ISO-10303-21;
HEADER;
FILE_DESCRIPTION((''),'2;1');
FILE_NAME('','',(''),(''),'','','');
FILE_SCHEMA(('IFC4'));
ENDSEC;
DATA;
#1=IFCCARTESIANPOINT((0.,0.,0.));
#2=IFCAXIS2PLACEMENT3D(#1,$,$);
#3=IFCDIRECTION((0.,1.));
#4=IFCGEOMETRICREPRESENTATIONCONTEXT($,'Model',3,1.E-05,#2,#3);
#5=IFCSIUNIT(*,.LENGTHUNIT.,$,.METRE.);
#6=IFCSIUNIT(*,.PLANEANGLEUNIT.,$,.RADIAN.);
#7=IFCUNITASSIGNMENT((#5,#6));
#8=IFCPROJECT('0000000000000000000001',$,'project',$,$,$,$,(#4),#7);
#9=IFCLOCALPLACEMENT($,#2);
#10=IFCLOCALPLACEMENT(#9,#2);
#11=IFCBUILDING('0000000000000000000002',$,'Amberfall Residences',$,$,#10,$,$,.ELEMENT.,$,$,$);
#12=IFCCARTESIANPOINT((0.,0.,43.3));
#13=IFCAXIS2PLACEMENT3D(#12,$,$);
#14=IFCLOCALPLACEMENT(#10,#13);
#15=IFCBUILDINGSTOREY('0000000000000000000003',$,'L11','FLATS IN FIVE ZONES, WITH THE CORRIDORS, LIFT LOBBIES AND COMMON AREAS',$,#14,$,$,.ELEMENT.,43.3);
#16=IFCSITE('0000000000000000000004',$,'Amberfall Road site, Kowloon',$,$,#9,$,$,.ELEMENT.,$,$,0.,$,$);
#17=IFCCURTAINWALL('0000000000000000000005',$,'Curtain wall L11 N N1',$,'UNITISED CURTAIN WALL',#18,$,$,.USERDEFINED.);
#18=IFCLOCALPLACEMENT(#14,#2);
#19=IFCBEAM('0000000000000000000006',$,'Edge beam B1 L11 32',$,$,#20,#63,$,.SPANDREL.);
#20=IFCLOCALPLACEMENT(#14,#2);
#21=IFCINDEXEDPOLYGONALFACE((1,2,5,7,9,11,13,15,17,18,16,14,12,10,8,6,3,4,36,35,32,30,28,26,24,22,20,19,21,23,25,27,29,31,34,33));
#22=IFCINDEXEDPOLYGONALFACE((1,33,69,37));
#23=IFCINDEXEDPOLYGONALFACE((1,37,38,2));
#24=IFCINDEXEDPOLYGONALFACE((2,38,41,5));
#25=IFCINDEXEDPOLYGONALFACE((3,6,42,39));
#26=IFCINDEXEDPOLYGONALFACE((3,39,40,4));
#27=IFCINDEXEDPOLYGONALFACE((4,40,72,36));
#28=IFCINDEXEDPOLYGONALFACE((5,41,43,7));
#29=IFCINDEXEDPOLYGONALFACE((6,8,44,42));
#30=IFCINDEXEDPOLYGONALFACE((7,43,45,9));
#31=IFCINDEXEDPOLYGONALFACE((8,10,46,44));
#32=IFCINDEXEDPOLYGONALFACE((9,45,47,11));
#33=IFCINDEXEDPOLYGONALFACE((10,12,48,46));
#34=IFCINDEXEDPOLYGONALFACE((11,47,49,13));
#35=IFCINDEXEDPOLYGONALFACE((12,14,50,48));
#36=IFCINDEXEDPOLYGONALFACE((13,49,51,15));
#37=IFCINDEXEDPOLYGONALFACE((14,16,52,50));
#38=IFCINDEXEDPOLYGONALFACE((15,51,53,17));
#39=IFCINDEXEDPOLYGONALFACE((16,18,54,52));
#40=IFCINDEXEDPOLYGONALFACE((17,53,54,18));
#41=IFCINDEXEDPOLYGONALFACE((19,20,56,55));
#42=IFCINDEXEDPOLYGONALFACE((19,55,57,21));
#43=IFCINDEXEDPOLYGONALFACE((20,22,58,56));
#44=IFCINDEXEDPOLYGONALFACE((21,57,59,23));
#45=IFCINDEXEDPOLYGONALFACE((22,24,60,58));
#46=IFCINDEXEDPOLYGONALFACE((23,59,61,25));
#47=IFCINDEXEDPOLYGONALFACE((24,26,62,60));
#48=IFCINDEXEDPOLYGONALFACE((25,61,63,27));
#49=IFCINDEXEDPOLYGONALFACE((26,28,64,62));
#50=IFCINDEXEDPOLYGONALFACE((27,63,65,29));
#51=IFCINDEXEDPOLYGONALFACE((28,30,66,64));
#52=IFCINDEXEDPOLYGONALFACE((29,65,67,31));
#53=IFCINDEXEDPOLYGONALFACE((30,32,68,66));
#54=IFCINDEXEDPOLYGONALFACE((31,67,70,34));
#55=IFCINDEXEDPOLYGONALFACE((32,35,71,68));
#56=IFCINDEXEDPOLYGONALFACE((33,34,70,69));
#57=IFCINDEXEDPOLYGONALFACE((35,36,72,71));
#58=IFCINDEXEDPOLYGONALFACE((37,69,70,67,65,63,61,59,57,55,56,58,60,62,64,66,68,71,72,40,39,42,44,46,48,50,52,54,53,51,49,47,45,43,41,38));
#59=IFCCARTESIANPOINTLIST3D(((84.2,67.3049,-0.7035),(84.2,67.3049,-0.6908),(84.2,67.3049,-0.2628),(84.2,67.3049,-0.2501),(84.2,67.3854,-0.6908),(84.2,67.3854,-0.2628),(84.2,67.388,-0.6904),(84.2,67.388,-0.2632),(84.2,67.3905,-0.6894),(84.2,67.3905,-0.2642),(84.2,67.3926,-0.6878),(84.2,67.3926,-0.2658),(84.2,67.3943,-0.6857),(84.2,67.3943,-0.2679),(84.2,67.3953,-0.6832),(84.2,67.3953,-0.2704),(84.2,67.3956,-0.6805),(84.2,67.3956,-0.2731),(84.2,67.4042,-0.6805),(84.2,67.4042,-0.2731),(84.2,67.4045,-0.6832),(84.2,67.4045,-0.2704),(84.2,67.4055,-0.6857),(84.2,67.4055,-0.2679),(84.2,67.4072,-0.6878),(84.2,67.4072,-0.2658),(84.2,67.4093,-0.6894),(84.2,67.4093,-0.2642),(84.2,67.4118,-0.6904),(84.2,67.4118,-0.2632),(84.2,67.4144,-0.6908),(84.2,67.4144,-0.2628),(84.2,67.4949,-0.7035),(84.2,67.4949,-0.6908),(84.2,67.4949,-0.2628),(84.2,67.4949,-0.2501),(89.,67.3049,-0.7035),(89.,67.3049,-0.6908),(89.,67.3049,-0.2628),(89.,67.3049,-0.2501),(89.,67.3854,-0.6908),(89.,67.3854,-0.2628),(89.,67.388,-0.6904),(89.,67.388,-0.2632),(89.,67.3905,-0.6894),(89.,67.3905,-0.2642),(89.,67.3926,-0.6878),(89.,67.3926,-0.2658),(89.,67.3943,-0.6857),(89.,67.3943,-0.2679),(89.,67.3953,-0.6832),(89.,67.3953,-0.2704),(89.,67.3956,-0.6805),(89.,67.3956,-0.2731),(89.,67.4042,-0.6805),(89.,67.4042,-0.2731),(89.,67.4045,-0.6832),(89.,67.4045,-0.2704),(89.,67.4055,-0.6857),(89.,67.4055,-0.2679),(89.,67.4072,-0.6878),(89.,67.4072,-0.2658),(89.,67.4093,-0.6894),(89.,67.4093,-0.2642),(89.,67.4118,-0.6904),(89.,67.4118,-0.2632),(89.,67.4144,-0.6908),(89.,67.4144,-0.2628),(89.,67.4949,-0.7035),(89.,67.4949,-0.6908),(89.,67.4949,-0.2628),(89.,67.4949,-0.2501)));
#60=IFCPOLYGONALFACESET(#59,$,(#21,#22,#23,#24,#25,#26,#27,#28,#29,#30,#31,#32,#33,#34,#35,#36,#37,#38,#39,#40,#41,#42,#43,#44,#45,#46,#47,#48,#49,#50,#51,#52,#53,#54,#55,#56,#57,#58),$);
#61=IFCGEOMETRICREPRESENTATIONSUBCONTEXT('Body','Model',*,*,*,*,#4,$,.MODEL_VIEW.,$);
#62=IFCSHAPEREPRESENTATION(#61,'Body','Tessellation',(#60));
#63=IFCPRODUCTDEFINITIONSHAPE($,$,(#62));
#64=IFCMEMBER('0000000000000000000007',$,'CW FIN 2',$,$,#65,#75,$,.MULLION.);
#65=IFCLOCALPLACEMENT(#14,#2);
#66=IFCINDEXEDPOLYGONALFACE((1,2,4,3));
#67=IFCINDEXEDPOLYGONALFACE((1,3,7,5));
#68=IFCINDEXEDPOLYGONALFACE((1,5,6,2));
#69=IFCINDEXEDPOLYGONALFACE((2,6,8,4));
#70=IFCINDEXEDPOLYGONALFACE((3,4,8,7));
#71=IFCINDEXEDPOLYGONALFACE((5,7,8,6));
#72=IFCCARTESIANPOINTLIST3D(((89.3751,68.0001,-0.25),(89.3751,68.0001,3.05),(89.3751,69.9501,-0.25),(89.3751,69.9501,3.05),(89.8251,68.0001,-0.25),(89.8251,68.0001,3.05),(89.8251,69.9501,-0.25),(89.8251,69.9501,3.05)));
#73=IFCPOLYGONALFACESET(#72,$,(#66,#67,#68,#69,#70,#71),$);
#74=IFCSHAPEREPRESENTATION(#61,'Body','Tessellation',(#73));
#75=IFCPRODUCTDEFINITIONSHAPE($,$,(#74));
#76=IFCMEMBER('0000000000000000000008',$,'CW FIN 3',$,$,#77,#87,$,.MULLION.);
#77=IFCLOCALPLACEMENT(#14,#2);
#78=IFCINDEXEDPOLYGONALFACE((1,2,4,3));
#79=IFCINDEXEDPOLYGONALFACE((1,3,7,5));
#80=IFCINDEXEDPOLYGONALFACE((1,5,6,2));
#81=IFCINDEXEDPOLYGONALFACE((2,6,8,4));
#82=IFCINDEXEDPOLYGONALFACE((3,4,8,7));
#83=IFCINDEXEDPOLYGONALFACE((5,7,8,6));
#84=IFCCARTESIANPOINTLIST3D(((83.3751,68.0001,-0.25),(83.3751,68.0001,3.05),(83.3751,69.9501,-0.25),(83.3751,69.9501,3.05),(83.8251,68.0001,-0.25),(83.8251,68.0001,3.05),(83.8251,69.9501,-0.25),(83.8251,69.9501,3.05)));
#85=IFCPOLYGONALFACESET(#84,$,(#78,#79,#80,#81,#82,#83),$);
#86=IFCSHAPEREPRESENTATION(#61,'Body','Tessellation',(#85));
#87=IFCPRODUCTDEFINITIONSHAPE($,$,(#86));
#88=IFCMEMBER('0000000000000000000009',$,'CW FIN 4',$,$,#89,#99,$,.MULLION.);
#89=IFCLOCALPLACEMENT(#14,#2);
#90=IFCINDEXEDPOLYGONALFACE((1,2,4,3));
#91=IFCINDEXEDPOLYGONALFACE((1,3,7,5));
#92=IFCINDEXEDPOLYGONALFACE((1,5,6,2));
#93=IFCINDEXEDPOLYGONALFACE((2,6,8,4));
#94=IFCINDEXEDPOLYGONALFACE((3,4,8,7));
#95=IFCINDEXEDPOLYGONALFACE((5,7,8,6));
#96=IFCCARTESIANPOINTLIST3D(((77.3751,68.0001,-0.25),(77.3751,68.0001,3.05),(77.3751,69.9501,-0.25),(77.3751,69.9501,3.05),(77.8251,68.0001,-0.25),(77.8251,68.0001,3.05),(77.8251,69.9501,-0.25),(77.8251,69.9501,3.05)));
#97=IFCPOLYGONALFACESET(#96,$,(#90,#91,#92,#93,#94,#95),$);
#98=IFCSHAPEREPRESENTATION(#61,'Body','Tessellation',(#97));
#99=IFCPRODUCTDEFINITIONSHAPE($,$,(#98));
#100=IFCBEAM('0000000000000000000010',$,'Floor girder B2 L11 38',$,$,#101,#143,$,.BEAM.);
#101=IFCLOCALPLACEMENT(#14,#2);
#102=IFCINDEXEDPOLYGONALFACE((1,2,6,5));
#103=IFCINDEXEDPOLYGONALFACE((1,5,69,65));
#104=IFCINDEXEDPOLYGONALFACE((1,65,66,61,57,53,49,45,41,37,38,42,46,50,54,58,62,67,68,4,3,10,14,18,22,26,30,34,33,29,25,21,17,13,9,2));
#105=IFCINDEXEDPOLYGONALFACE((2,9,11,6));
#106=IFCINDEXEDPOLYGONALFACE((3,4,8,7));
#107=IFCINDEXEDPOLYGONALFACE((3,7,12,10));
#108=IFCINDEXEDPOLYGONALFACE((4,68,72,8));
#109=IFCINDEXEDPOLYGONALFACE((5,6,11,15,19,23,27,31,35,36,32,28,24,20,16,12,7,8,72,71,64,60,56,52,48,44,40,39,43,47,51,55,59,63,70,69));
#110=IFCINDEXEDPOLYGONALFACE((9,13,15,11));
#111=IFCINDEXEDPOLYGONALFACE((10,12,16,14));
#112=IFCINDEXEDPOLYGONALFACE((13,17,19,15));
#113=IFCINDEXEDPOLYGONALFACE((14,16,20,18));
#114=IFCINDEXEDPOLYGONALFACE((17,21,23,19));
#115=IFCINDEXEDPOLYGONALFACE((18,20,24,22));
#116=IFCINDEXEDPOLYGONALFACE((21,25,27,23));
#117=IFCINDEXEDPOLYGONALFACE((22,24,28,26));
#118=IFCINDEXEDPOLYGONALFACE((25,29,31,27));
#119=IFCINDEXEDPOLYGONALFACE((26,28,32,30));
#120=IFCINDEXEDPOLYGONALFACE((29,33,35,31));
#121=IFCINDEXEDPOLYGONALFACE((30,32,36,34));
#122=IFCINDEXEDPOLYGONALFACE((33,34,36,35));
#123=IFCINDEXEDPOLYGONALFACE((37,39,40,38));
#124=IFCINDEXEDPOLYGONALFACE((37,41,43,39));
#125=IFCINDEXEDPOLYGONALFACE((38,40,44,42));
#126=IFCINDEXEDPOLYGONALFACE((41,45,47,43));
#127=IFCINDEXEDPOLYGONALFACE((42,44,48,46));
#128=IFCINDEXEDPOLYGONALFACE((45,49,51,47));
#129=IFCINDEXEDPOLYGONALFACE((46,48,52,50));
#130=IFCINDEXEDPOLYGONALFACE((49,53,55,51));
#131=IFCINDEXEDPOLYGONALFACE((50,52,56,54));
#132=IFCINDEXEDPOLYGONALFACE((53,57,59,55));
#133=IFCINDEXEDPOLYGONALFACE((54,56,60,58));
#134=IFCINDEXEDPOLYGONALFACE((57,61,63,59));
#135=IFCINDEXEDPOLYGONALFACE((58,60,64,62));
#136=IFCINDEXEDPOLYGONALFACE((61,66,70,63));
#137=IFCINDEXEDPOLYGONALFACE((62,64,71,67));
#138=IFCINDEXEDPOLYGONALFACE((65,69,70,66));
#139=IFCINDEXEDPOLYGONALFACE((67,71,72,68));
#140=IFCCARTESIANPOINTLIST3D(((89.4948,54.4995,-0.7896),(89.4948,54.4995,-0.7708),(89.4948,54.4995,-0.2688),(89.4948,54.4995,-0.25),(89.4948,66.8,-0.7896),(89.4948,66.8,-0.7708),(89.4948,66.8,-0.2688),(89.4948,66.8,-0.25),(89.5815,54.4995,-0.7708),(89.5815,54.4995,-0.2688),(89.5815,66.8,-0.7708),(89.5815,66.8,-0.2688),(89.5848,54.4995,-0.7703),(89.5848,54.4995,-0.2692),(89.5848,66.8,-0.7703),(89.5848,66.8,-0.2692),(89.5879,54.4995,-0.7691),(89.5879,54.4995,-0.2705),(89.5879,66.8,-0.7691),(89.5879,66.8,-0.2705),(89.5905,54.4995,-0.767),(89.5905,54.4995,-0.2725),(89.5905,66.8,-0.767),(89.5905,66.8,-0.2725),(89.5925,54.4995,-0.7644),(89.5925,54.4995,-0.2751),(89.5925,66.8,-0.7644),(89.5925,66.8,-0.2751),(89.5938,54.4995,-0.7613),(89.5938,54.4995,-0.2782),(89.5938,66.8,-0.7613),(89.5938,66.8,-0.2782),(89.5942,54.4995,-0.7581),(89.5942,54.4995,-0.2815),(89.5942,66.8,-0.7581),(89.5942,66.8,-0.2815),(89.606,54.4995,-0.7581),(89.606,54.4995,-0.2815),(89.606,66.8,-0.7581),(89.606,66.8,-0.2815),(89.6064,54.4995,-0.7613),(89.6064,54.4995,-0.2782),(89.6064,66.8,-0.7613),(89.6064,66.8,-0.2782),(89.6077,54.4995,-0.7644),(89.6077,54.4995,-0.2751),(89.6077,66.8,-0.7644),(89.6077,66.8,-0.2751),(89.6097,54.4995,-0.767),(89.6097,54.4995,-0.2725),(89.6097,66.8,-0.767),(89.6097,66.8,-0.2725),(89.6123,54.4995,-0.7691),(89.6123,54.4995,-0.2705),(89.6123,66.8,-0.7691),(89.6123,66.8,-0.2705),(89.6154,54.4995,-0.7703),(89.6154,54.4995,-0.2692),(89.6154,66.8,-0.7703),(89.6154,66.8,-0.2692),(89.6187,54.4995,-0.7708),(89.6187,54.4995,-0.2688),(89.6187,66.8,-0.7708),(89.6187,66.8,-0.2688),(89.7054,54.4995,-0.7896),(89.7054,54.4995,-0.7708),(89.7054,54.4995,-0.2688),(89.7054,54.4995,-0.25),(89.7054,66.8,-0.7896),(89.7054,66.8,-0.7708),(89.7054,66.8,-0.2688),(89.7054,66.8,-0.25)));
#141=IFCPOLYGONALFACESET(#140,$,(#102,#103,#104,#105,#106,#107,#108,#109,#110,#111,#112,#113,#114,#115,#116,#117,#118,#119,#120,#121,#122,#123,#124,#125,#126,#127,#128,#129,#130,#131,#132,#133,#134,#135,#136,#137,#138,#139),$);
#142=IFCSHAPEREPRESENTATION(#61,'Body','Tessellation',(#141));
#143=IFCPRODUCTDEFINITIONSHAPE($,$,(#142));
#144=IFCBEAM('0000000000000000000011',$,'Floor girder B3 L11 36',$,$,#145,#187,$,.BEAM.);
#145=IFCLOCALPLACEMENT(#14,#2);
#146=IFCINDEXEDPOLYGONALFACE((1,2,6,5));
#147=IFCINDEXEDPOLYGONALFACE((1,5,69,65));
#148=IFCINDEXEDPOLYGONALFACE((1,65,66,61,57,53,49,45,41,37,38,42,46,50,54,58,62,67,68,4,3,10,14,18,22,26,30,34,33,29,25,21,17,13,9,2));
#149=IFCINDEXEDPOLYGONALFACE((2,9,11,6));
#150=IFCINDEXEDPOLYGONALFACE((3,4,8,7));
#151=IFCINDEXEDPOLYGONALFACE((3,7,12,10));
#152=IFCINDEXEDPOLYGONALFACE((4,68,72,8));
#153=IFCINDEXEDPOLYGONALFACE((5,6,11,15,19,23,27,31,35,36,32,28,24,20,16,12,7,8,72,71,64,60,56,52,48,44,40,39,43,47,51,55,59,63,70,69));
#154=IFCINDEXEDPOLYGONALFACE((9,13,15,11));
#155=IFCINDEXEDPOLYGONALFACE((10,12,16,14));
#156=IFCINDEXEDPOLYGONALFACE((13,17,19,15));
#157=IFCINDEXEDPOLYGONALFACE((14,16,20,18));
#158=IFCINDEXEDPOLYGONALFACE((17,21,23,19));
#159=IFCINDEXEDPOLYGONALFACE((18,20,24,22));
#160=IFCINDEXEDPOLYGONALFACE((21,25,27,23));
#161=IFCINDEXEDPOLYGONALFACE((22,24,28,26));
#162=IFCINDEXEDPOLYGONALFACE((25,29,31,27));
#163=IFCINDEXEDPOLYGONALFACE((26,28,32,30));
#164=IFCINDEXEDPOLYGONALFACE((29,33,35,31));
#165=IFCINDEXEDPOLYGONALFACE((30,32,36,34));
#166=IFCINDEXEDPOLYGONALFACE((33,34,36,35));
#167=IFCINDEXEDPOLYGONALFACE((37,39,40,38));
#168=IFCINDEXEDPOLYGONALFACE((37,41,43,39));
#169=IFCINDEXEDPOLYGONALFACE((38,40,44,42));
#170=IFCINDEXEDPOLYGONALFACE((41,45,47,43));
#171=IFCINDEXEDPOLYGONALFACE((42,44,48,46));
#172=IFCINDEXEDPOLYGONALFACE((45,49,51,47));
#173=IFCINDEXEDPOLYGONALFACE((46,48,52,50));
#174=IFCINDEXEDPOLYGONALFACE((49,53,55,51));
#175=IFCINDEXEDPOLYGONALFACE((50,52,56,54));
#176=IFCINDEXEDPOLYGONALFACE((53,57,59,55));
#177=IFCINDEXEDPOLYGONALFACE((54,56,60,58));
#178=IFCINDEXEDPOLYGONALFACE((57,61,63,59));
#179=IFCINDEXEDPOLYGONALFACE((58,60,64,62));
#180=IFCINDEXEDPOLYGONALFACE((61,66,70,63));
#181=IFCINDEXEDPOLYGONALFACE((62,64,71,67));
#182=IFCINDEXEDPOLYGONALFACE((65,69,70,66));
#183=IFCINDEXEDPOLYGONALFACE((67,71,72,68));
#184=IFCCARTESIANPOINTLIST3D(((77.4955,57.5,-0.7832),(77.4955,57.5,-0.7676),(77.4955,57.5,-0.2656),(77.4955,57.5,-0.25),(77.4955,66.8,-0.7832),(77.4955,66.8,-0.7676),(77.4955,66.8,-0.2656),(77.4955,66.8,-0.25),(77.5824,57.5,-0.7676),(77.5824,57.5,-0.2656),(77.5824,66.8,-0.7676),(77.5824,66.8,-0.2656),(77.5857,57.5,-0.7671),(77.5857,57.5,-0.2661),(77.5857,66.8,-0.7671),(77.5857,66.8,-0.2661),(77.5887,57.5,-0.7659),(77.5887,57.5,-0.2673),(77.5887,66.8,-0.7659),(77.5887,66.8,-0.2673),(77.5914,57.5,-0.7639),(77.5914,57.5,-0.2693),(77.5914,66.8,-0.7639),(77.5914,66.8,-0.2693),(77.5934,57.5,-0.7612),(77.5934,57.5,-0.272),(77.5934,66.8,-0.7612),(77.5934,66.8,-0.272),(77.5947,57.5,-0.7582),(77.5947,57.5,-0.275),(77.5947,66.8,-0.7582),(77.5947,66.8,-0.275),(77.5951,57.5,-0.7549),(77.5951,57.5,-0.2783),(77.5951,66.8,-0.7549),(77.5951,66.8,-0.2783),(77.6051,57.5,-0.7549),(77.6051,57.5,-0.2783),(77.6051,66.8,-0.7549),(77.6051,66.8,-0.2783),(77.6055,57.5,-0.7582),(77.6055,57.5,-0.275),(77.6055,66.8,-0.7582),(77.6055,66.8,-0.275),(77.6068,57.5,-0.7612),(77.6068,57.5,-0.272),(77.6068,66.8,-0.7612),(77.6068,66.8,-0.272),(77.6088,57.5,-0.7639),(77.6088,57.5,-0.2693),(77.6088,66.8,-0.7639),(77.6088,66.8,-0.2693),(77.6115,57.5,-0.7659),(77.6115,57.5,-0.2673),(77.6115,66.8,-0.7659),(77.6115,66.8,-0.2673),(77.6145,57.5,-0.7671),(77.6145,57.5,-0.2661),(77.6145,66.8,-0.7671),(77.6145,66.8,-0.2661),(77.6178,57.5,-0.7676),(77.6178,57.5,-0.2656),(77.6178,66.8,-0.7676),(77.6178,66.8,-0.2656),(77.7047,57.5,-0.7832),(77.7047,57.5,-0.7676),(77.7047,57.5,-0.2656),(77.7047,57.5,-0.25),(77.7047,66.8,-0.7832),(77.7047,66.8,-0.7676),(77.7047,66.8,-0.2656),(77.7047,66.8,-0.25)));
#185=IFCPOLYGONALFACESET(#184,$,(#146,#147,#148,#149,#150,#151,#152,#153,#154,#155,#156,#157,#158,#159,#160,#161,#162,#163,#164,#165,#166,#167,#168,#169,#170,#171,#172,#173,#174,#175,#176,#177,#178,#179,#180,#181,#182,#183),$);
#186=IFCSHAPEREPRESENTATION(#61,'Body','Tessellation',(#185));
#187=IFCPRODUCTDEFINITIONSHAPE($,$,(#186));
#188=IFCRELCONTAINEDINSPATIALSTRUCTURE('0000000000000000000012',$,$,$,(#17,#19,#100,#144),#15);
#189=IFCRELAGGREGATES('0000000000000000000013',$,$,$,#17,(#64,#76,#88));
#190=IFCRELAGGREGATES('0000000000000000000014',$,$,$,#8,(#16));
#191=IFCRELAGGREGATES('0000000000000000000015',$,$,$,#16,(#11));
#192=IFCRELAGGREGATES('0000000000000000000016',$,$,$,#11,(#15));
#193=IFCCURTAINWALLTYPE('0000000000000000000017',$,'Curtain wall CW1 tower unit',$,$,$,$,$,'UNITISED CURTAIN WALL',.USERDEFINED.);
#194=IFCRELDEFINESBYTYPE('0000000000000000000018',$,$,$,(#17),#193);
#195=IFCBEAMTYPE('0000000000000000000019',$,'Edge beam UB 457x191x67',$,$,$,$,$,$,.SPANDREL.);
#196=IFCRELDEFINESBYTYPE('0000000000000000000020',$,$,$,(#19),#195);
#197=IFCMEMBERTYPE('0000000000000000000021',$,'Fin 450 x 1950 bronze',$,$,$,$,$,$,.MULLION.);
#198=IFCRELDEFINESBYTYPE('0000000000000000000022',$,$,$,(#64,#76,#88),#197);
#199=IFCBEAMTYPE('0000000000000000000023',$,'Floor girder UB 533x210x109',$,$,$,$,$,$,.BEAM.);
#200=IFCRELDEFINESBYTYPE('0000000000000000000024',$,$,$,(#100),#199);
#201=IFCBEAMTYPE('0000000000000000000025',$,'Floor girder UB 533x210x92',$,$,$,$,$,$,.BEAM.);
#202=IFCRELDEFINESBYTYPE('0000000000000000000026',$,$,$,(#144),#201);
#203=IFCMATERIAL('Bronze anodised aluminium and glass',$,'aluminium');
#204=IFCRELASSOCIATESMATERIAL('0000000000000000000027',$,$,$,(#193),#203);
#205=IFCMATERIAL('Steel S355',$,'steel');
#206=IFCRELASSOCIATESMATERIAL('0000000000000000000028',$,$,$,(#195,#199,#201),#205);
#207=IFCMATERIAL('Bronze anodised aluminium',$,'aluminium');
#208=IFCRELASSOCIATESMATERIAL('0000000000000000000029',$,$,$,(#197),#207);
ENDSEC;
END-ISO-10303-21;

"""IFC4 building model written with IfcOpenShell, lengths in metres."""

from ifc_helpers import new_model, si_unit, direction, frame, origin, origin_2d, place, context, subcontext, project, spatial, rectangle, i_section, extrude, material, material_profile, profile_set, type_object, element, aggregate, save


model = new_model("IFC4")

# Units and contexts
model_context = context("Model", 3, precision=1e-05, world=origin(), true_north=direction((0.0, 1.0)))
body_context = subcontext(model_context, "Body", "Model", "MODEL_VIEW")
ifc_project = project(units=[si_unit("LENGTHUNIT", "METRE"), si_unit("PLANEANGLEUNIT", "RADIAN")], contexts=[model_context])

# Site, building, storey
site_placement = place(None, origin())
site = spatial("IfcSite", under=ifc_project, at=site_placement, Name="Amberfall Road site, Kowloon", CompositionType="ELEMENT", RefElevation=0.0)
building_placement = place(site_placement, origin())
building = spatial("IfcBuilding", under=site, at=building_placement, Name="Amberfall Residences", CompositionType="ELEMENT")
storey_placement = place(building_placement, frame((0.0, 0.0, 43.3)))
storey = spatial("IfcBuildingStorey", under=building, at=storey_placement, Name="L11", Description="FLATS IN FIVE ZONES, WITH THE CORRIDORS, LIFT LOBBIES AND COMMON AREAS", CompositionType="ELEMENT", Elevation=43.3)

# Curtain wall
ifc_material_1 = material(Name="Bronze anodised aluminium and glass", Category="aluminium")
curtain_wall_type = type_object("IfcCurtainWallType", Name="Curtain wall CW1 tower unit", ElementType="UNITISED CURTAIN WALL", PredefinedType="USERDEFINED", material=ifc_material_1)
curtain_wall_placement = place(storey_placement, origin())
curtain_wall = element("IfcCurtainWall", 1, at=curtain_wall_placement, inside=storey, type_object=curtain_wall_type, Name="Curtain wall L11 N N1", ObjectType="UNITISED CURTAIN WALL", PredefinedType="USERDEFINED")
ifc_material_2 = material(Name="Bronze anodised aluminium", Category="aluminium")

# Beam
ifc_material_3 = material(Name="Steel S355", Category="steel")
ifc_material_profile_1 = material_profile(ifc_material_3, i_section(OverallWidth=0.1899, OverallDepth=0.4534, WebThickness=0.0085, FlangeThickness=0.0127, FilletRadius=0.0103, at=origin_2d()), Name="UB 457x191x67")
ifc_profile_set_1 = profile_set([ifc_material_profile_1], Name="Steel S355")
beam_type_1 = type_object("IfcBeamType", Name="Edge beam UB 457x191x67", PredefinedType="SPANDREL", material=ifc_profile_set_1)
for number, where, z_axis, x_axis, name in (
    (2, (84.2, 67.3999, -0.4768), (1.0, 0.0, 0.0), (0.0, 1.0, 0.0), "Edge beam B1 L11 32"),
):
    element("IfcBeam", number, at=place(storey_placement, frame(where, z_axis=z_axis, x_axis=x_axis)), inside=storey, type_object=beam_type_1, Name=name, PredefinedType="SPANDREL", context=body_context, shape_type="SweptSolid", body=[
        extrude(i_section(OverallWidth=0.1899, OverallDepth=0.4534, WebThickness=0.0085, FlangeThickness=0.0127, FilletRadius=0.0103, at=origin_2d()), origin(), (0.0, 0.0, 1.0), 4.8),
    ])

# Members
ifc_material_profile_2 = material_profile(ifc_material_2, rectangle(XDim=1.95, YDim=0.45, at=origin_2d()), Name="Fin 450 x 1950 bronze")
ifc_profile_set_2 = profile_set([ifc_material_profile_2], Name="Bronze anodised aluminium")
member_type_1 = type_object("IfcMemberType", Name="Fin 450 x 1950 bronze", PredefinedType="MULLION", material=ifc_profile_set_2)
member_1_placement = place(storey_placement, frame((89.6001, 68.9751, -0.25), z_axis=(0.0, 0.0, 1.0), x_axis=(0.0, -1.0, 0.0)))
member_1 = element("IfcMember", 3, at=member_1_placement, type_object=member_type_1, Name="CW FIN 2", PredefinedType="MULLION", context=body_context, shape_type="SweptSolid", body=[
    extrude(rectangle(XDim=1.95, YDim=0.45, at=origin_2d()), origin(), (0.0, 0.0, 1.0), 3.3),
])
member_2_placement = place(storey_placement, frame((83.6001, 68.9751, -0.25), z_axis=(0.0, 0.0, 1.0), x_axis=(0.0, -1.0, 0.0)))
member_2 = element("IfcMember", 4, at=member_2_placement, type_object=member_type_1, Name="CW FIN 3", PredefinedType="MULLION", context=body_context, shape_type="SweptSolid", body=[
    extrude(rectangle(XDim=1.95, YDim=0.45, at=origin_2d()), origin(), (0.0, 0.0, 1.0), 3.3),
])
member_3_placement = place(storey_placement, frame((77.6001, 68.9751, -0.25), z_axis=(0.0, 0.0, 1.0), x_axis=(0.0, -1.0, 0.0)))
member_3 = element("IfcMember", 5, at=member_3_placement, type_object=member_type_1, Name="CW FIN 4", PredefinedType="MULLION", context=body_context, shape_type="SweptSolid", body=[
    extrude(rectangle(XDim=1.95, YDim=0.45, at=origin_2d()), origin(), (0.0, 0.0, 1.0), 3.3),
])

# Beams
ifc_material_profile_3 = material_profile(ifc_material_3, i_section(OverallWidth=0.2107, OverallDepth=0.5396, WebThickness=0.0117, FlangeThickness=0.0188, FilletRadius=0.0127, at=origin_2d()), Name="UB 533x210x109")
ifc_profile_set_3 = profile_set([ifc_material_profile_3], Name="Steel S355")
beam_type_2 = type_object("IfcBeamType", Name="Floor girder UB 533x210x109", PredefinedType="BEAM", material=ifc_profile_set_3)
beam_placement = place(storey_placement, frame((89.6001, 66.8, -0.5198), z_axis=(0.0, -1.0, 0.0), x_axis=(1.0, 0.0, 0.0)))
element("IfcBeam", 6, at=beam_placement, inside=storey, type_object=beam_type_2, Name="Floor girder B2 L11 38", PredefinedType="BEAM", context=body_context, shape_type="SweptSolid", body=[
    extrude(i_section(OverallWidth=0.2107, OverallDepth=0.5396, WebThickness=0.0117, FlangeThickness=0.0188, FilletRadius=0.0127, at=origin_2d()), origin(), (0.0, 0.0, 1.0), 12.3005),
])
ifc_material_profile_4 = material_profile(ifc_material_3, i_section(OverallWidth=0.2092, OverallDepth=0.5332, WebThickness=0.01, FlangeThickness=0.0156, FilletRadius=0.0127, at=origin_2d()), Name="UB 533x210x92")
ifc_profile_set_4 = profile_set([ifc_material_profile_4], Name="Steel S355")
beam_type_3 = type_object("IfcBeamType", Name="Floor girder UB 533x210x92", PredefinedType="BEAM", material=ifc_profile_set_4)
for number, where, z_axis, x_axis, name in (
    (7, (77.6001, 66.8, -0.5166), (0.0, -1.0, 0.0), (1.0, 0.0, 0.0), "Floor girder B3 L11 36"),
):
    element("IfcBeam", number, at=place(storey_placement, frame(where, z_axis=z_axis, x_axis=x_axis)), inside=storey, type_object=beam_type_3, Name=name, PredefinedType="BEAM", context=body_context, shape_type="SweptSolid", body=[
        extrude(i_section(OverallWidth=0.2092, OverallDepth=0.5332, WebThickness=0.01, FlangeThickness=0.0156, FilletRadius=0.0127, at=origin_2d()), origin(), (0.0, 0.0, 1.0), 9.3),
    ])

aggregate(curtain_wall, [member_1, member_2, member_3])

save(model, "model.ifc")
